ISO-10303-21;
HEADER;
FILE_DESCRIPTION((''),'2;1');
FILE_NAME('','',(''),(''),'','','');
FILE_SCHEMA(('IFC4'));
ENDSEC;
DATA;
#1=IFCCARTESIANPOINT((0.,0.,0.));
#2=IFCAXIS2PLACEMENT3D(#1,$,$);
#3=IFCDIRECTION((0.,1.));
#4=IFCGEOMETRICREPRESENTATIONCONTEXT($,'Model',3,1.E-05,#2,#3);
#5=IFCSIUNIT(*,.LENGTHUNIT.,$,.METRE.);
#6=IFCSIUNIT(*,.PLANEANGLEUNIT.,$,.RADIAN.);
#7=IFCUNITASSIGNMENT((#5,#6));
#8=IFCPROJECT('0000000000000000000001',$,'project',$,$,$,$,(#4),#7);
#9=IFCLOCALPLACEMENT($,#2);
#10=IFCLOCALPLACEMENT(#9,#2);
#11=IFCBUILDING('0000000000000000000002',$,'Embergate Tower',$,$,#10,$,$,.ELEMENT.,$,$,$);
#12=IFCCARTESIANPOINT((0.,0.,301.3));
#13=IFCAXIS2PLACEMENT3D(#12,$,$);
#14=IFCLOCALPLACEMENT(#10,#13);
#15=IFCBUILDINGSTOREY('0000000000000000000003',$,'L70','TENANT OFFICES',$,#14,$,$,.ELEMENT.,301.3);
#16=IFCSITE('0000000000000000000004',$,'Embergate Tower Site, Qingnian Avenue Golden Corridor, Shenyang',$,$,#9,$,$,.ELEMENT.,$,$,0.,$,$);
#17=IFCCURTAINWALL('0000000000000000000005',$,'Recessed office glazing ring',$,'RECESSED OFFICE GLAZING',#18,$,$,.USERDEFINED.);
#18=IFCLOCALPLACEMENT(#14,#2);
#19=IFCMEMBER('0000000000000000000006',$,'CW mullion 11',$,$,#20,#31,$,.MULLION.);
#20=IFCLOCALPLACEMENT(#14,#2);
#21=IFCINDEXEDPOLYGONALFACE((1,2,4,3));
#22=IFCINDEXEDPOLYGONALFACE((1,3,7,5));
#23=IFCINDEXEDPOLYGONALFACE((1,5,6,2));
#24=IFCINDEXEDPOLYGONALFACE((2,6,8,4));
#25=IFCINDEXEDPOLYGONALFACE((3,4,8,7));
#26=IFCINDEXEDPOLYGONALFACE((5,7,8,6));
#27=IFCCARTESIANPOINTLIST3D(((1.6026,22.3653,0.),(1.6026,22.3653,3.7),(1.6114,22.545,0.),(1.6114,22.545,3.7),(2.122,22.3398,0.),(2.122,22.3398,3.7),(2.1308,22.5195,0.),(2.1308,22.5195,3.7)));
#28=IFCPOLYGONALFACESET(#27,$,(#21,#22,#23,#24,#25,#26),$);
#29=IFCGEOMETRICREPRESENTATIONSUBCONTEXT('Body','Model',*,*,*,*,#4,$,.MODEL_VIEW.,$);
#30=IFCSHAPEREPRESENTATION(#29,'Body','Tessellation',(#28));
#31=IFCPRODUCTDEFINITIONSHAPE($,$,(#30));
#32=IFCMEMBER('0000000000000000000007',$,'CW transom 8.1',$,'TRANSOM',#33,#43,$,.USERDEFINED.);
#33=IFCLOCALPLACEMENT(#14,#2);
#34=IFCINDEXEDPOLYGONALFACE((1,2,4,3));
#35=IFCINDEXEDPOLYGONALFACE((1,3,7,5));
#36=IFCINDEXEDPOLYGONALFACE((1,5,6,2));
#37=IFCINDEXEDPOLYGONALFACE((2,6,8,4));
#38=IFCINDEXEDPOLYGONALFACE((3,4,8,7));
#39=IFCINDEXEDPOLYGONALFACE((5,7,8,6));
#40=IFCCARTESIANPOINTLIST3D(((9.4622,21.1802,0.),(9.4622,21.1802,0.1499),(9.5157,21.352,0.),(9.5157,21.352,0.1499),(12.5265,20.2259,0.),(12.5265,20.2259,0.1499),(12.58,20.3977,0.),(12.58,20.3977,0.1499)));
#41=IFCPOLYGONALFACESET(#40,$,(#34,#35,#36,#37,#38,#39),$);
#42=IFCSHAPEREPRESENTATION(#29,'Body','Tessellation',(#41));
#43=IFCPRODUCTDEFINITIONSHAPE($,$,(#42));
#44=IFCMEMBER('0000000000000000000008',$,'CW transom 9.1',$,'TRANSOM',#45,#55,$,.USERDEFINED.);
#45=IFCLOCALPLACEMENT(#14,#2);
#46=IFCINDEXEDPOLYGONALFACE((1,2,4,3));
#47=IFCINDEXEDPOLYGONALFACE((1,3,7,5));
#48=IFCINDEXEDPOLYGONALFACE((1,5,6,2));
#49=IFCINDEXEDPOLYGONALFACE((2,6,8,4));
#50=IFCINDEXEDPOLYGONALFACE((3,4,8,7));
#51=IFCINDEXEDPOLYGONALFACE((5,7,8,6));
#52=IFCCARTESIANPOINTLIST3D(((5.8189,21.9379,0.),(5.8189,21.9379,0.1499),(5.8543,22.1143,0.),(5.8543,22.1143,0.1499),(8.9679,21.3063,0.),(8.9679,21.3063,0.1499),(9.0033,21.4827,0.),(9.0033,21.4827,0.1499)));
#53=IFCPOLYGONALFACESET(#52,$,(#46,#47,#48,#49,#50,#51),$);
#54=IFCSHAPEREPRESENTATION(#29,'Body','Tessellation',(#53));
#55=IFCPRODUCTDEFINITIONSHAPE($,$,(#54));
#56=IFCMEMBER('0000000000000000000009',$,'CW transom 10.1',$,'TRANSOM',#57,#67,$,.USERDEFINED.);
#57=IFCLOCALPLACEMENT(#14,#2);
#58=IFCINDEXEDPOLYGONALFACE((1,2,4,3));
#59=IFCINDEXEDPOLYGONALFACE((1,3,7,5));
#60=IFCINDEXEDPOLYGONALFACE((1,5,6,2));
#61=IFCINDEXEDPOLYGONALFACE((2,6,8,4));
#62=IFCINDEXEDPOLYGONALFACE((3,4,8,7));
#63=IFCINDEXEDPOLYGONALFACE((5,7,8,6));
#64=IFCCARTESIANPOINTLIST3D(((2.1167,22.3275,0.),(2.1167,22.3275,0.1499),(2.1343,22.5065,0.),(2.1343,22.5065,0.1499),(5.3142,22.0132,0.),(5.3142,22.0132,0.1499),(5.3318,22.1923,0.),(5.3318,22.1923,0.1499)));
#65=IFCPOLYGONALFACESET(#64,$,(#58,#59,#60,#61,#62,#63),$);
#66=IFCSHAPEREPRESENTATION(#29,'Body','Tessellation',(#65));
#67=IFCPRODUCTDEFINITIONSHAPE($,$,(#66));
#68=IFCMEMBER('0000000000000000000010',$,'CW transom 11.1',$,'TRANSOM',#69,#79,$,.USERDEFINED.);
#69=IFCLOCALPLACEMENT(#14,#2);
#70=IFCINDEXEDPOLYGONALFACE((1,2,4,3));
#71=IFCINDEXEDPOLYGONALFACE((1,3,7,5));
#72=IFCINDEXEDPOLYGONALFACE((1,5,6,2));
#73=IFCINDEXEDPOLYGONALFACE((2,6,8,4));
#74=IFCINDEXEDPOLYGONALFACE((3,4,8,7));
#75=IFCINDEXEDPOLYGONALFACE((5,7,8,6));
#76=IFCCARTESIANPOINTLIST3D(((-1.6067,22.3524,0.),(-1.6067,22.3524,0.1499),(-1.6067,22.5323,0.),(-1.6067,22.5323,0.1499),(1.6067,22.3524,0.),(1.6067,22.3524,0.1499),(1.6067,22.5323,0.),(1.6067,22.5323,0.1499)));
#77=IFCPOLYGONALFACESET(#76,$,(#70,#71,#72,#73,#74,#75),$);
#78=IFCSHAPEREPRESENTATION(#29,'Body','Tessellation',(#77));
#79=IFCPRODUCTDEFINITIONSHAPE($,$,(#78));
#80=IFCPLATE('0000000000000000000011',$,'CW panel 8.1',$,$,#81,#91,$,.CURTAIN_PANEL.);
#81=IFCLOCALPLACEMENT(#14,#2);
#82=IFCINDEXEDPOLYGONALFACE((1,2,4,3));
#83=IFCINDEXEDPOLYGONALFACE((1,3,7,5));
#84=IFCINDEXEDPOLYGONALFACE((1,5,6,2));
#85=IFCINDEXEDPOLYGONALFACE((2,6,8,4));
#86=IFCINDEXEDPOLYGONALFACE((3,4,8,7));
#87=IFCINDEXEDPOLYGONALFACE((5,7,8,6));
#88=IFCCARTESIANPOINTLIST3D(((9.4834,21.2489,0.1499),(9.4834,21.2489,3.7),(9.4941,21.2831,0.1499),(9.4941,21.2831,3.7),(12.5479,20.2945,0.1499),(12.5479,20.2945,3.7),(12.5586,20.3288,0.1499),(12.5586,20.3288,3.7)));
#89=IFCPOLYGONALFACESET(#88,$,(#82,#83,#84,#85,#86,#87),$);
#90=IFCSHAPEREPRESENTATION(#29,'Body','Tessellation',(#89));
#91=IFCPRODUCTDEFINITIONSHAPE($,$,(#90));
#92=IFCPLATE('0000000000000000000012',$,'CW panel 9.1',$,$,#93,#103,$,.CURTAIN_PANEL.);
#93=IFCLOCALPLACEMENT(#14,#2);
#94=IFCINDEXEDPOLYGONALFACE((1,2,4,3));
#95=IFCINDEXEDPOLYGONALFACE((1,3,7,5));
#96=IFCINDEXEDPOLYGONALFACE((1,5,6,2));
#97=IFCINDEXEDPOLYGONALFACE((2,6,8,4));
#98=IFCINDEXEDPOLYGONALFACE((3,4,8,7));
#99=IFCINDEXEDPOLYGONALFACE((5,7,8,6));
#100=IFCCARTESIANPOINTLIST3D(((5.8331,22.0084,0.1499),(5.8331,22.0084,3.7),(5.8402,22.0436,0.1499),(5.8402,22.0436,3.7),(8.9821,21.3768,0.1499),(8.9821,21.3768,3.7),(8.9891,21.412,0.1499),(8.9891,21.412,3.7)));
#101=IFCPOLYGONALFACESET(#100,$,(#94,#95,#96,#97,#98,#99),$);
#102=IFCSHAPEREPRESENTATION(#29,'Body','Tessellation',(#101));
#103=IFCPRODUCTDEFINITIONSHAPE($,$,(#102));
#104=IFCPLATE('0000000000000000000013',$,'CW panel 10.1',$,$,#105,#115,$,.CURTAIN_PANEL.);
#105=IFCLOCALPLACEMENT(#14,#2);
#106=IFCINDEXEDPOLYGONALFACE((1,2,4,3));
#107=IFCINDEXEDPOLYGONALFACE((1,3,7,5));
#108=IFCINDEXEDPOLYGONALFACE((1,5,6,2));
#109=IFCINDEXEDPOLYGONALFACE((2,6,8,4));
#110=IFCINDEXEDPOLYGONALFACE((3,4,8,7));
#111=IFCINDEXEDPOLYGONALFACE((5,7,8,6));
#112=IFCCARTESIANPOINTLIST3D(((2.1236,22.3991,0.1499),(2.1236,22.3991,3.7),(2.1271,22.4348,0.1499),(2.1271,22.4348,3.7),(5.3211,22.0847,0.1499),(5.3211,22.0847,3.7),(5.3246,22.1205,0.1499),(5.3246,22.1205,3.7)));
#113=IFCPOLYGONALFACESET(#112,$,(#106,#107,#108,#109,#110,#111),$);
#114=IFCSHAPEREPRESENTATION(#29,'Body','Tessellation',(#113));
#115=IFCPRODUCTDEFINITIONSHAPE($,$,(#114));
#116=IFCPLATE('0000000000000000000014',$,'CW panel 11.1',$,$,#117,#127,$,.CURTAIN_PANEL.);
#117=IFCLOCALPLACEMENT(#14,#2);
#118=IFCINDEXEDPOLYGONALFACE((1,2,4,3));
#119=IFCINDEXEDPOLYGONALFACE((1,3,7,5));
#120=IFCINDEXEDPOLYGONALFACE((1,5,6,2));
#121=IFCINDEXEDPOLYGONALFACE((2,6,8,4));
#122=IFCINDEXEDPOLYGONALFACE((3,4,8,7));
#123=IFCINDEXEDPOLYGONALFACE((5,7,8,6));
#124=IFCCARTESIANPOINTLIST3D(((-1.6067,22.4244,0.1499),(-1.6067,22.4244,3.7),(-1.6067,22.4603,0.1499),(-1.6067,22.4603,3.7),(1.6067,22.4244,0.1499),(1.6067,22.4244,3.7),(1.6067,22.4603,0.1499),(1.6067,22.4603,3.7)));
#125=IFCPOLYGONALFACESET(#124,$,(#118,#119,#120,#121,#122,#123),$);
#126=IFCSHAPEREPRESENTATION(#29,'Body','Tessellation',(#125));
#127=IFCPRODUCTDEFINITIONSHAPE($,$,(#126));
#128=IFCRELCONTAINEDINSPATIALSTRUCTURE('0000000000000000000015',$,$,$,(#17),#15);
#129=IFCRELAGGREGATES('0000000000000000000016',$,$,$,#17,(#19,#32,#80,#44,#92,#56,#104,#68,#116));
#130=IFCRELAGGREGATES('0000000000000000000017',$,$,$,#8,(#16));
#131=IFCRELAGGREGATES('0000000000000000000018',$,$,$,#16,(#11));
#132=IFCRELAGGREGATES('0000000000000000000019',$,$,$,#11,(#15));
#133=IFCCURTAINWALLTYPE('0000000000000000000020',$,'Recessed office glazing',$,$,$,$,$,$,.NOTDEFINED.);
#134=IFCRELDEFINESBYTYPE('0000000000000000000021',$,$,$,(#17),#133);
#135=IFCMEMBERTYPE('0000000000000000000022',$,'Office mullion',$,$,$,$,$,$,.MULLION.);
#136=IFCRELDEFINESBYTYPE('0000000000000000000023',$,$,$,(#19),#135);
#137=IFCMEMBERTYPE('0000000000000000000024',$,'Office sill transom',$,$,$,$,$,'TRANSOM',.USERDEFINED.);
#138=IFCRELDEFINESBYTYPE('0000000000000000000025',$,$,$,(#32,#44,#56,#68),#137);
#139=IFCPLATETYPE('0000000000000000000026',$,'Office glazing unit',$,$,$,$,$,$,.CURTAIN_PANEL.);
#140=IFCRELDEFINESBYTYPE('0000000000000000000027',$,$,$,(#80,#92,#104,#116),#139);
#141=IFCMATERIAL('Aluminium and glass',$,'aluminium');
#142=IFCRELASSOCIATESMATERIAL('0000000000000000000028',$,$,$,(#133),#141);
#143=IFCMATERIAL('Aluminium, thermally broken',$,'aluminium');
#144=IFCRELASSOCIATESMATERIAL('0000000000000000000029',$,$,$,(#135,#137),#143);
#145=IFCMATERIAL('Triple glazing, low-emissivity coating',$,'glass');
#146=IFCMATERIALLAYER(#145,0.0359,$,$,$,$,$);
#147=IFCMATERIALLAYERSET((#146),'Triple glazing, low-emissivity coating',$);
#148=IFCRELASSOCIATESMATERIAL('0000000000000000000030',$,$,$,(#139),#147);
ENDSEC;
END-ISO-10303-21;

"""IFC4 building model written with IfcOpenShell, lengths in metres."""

from ifc_helpers import new_model, si_unit, direction, frame, origin, origin_2d, place, context, subcontext, project, spatial, rectangle, extrude, source, transform, mapped, material, layer, layer_set, material_profile, profile_set, type_object, element, aggregate, save


model = new_model("IFC4")

# Units and contexts
model_context = context("Model", 3, precision=1e-05, world=origin(), true_north=direction((0.0, 1.0)))
body_context = subcontext(model_context, "Body", "Model", "MODEL_VIEW")
ifc_project = project(units=[si_unit("LENGTHUNIT", "METRE"), si_unit("PLANEANGLEUNIT", "RADIAN")], contexts=[model_context])

# Site, building, storey
site_placement = place(None, origin())
site = spatial("IfcSite", under=ifc_project, at=site_placement, Name="Embergate Tower Site, Qingnian Avenue Golden Corridor, Shenyang", CompositionType="ELEMENT", RefElevation=0.0)
building_placement = place(site_placement, origin())
building = spatial("IfcBuilding", under=site, at=building_placement, Name="Embergate Tower", CompositionType="ELEMENT")
storey_placement = place(building_placement, frame((0.0, 0.0, 301.3)))
storey = spatial("IfcBuildingStorey", under=building, at=storey_placement, Name="L70", Description="TENANT OFFICES", CompositionType="ELEMENT", Elevation=301.3)

# Curtain wall, members, plates
ifc_material_1 = material(Name="Aluminium and glass", Category="aluminium")
curtain_wall_type = type_object("IfcCurtainWallType", Name="Recessed office glazing", PredefinedType="NOTDEFINED", material=ifc_material_1)
curtain_wall_placement = place(storey_placement, origin())
curtain_wall = element("IfcCurtainWall", 1, at=curtain_wall_placement, inside=storey, type_object=curtain_wall_type, Name="Recessed office glazing ring", ObjectType="RECESSED OFFICE GLAZING", PredefinedType="USERDEFINED")
ifc_material_2 = material(Name="Aluminium, thermally broken", Category="aluminium")
ifc_material_profile_1 = material_profile(ifc_material_2, rectangle(XDim=0.1799, YDim=0.52, at=origin_2d()), Name="AL 520x180")
ifc_profile_set_1 = profile_set([ifc_material_profile_1], Name="Aluminium, thermally broken")
member_type_1 = type_object("IfcMemberType", Name="Office mullion", PredefinedType="MULLION", material=ifc_profile_set_1)
shared_shape_1 = source(origin(), body_context, "Body", "SweptSolid", [
    extrude(rectangle(XDim=0.1799, YDim=0.52, at=origin_2d()), origin(), (0.0, 0.0, 1.0), 3.7),
])
member_1_placement = place(storey_placement, frame((1.8667, 22.4424, 0.0), z_axis=(0.0, 0.0, 1.0), x_axis=(-0.048972, -0.9988, 0.0)))
member_1 = element("IfcMember", 2, at=member_1_placement, type_object=member_type_1, Name="CW mullion 11", PredefinedType="MULLION", context=body_context, shape_type="MappedRepresentation", body=[
    mapped(shared_shape_1, transform((0.0, 0.0, 0.0))),
])
ifc_material_profile_2 = material_profile(ifc_material_2, rectangle(XDim=0.1799, YDim=0.1499, at=origin_2d()), Name="AL 150x180")
ifc_profile_set_2 = profile_set([ifc_material_profile_2], Name="Aluminium, thermally broken")
member_type_2 = type_object("IfcMemberType", Name="Office sill transom", ElementType="TRANSOM", PredefinedType="USERDEFINED", material=ifc_profile_set_2)
shared_shape_2 = source(origin(), body_context, "Body", "SweptSolid", [
    extrude(rectangle(XDim=0.1799, YDim=0.1499, at=origin_2d()), origin(), (0.0, 0.0, 1.0), 3.2095),
])
member_2_placement = place(storey_placement, frame((12.5532, 20.3118, 0.075), z_axis=(-0.954765, 0.297361, 0.0), x_axis=(-0.297361, -0.954765, 0.0)))
member_2 = element("IfcMember", 3, at=member_2_placement, type_object=member_type_2, Name="CW transom 8.1", ObjectType="TRANSOM", PredefinedType="USERDEFINED", context=body_context, shape_type="MappedRepresentation", body=[
    mapped(shared_shape_2, transform((0.0, 0.0, 0.0))),
])
shared_shape_3 = source(origin(), body_context, "Body", "SweptSolid", [
    extrude(rectangle(XDim=0.1799, YDim=0.1499, at=origin_2d()), origin(), (0.0, 0.0, 1.0), 3.2117),
])
member_3_placement = place(storey_placement, frame((8.9856, 21.3945, 0.075), z_axis=(-0.980472, 0.196657, 0.0), x_axis=(-0.196657, -0.980472, 0.0)))
member_3 = element("IfcMember", 4, at=member_3_placement, type_object=member_type_2, Name="CW transom 9.1", ObjectType="TRANSOM", PredefinedType="USERDEFINED", context=body_context, shape_type="MappedRepresentation", body=[
    mapped(shared_shape_3, transform((0.0, 0.0, 0.0))),
])
shared_shape_4 = source(origin(), body_context, "Body", "SweptSolid", [
    extrude(rectangle(XDim=0.1799, YDim=0.1499, at=origin_2d()), origin(), (0.0, 0.0, 1.0), 3.2129),
])
member_4_placement = place(storey_placement, frame((5.323, 22.1028, 0.075), z_axis=(-0.995207, 0.097796, 0.0), x_axis=(-0.097796, -0.995207, 0.0)))
member_4 = element("IfcMember", 5, at=member_4_placement, type_object=member_type_2, Name="CW transom 10.1", ObjectType="TRANSOM", PredefinedType="USERDEFINED", context=body_context, shape_type="MappedRepresentation", body=[
    mapped(shared_shape_4, transform((0.0, 0.0, 0.0))),
])
shared_shape_5 = source(origin(), body_context, "Body", "SweptSolid", [
    extrude(rectangle(XDim=0.1799, YDim=0.1499, at=origin_2d()), origin(), (0.0, 0.0, 1.0), 3.2134),
])
member_5_placement = place(storey_placement, frame((1.6067, 22.4424, 0.075), z_axis=(-1.0, 0.0, 0.0), x_axis=(0.0, -1.0, 0.0)))
member_5 = element("IfcMember", 6, at=member_5_placement, type_object=member_type_2, Name="CW transom 11.1", ObjectType="TRANSOM", PredefinedType="USERDEFINED", context=body_context, shape_type="MappedRepresentation", body=[
    mapped(shared_shape_5, transform((0.0, 0.0, 0.0))),
])
ifc_material_3 = material(Name="Triple glazing, low-emissivity coating", Category="glass")
ifc_layer_1 = layer(ifc_material_3, 0.0359)
ifc_layer_set_1 = layer_set([ifc_layer_1], Name="Triple glazing, low-emissivity coating")
plate_type = type_object("IfcPlateType", Name="Office glazing unit", PredefinedType="CURTAIN_PANEL", material=ifc_layer_set_1)
shared_shape_6 = source(origin(), body_context, "Body", "SweptSolid", [
    extrude(rectangle(XDim=3.2097, YDim=0.0359, at=origin_2d()), origin(), (0.0, 0.0, 1.0), 3.55),
])
plate_1_placement = place(storey_placement, frame((11.021, 20.7888, 0.1499), z_axis=(0.0, 0.0, 1.0), x_axis=(-0.954771, 0.297342, 0.0)))
plate_1 = element("IfcPlate", 7, at=plate_1_placement, type_object=plate_type, Name="CW panel 8.1", PredefinedType="CURTAIN_PANEL", context=body_context, shape_type="MappedRepresentation", body=[
    mapped(shared_shape_6, transform((0.0, 0.0, 0.0))),
])
shared_shape_7 = source(origin(), body_context, "Body", "SweptSolid", [
    extrude(rectangle(XDim=3.2117, YDim=0.0359, at=origin_2d()), origin(), (0.0, 0.0, 1.0), 3.55),
])
plate_2_placement = place(storey_placement, frame((7.4111, 21.7102, 0.1499), z_axis=(0.0, 0.0, 1.0), x_axis=(-0.980475, 0.196643, 0.0)))
plate_2 = element("IfcPlate", 8, at=plate_2_placement, type_object=plate_type, Name="CW panel 9.1", PredefinedType="CURTAIN_PANEL", context=body_context, shape_type="MappedRepresentation", body=[
    mapped(shared_shape_7, transform((0.0, 0.0, 0.0))),
])
shared_shape_8 = source(origin(), body_context, "Body", "SweptSolid", [
    extrude(rectangle(XDim=3.2129, YDim=0.0359, at=origin_2d()), origin(), (0.0, 0.0, 1.0), 3.55),
])
plate_3_placement = place(storey_placement, frame((3.7241, 22.2598, 0.1499), z_axis=(0.0, 0.0, 1.0), x_axis=(-0.995203, 0.097831, 0.0)))
plate_3 = element("IfcPlate", 9, at=plate_3_placement, type_object=plate_type, Name="CW panel 10.1", PredefinedType="CURTAIN_PANEL", context=body_context, shape_type="MappedRepresentation", body=[
    mapped(shared_shape_8, transform((0.0, 0.0, 0.0))),
])
shared_shape_9 = source(origin(), body_context, "Body", "SweptSolid", [
    extrude(rectangle(XDim=3.2134, YDim=0.0359, at=origin_2d()), origin(), (0.0, 0.0, 1.0), 3.55),
])
plate_4_placement = place(storey_placement, frame((0.0, 22.4424, 0.1499), z_axis=(0.0, 0.0, 1.0), x_axis=(-1.0, 0.0, 0.0)))
plate_4 = element("IfcPlate", 10, at=plate_4_placement, type_object=plate_type, Name="CW panel 11.1", PredefinedType="CURTAIN_PANEL", context=body_context, shape_type="MappedRepresentation", body=[
    mapped(shared_shape_9, transform((0.0, 0.0, 0.0))),
])
aggregate(curtain_wall, [member_1, member_2, plate_1, member_3, plate_2, member_4, plate_3, member_5, plate_4])

save(model, "model.ifc")
